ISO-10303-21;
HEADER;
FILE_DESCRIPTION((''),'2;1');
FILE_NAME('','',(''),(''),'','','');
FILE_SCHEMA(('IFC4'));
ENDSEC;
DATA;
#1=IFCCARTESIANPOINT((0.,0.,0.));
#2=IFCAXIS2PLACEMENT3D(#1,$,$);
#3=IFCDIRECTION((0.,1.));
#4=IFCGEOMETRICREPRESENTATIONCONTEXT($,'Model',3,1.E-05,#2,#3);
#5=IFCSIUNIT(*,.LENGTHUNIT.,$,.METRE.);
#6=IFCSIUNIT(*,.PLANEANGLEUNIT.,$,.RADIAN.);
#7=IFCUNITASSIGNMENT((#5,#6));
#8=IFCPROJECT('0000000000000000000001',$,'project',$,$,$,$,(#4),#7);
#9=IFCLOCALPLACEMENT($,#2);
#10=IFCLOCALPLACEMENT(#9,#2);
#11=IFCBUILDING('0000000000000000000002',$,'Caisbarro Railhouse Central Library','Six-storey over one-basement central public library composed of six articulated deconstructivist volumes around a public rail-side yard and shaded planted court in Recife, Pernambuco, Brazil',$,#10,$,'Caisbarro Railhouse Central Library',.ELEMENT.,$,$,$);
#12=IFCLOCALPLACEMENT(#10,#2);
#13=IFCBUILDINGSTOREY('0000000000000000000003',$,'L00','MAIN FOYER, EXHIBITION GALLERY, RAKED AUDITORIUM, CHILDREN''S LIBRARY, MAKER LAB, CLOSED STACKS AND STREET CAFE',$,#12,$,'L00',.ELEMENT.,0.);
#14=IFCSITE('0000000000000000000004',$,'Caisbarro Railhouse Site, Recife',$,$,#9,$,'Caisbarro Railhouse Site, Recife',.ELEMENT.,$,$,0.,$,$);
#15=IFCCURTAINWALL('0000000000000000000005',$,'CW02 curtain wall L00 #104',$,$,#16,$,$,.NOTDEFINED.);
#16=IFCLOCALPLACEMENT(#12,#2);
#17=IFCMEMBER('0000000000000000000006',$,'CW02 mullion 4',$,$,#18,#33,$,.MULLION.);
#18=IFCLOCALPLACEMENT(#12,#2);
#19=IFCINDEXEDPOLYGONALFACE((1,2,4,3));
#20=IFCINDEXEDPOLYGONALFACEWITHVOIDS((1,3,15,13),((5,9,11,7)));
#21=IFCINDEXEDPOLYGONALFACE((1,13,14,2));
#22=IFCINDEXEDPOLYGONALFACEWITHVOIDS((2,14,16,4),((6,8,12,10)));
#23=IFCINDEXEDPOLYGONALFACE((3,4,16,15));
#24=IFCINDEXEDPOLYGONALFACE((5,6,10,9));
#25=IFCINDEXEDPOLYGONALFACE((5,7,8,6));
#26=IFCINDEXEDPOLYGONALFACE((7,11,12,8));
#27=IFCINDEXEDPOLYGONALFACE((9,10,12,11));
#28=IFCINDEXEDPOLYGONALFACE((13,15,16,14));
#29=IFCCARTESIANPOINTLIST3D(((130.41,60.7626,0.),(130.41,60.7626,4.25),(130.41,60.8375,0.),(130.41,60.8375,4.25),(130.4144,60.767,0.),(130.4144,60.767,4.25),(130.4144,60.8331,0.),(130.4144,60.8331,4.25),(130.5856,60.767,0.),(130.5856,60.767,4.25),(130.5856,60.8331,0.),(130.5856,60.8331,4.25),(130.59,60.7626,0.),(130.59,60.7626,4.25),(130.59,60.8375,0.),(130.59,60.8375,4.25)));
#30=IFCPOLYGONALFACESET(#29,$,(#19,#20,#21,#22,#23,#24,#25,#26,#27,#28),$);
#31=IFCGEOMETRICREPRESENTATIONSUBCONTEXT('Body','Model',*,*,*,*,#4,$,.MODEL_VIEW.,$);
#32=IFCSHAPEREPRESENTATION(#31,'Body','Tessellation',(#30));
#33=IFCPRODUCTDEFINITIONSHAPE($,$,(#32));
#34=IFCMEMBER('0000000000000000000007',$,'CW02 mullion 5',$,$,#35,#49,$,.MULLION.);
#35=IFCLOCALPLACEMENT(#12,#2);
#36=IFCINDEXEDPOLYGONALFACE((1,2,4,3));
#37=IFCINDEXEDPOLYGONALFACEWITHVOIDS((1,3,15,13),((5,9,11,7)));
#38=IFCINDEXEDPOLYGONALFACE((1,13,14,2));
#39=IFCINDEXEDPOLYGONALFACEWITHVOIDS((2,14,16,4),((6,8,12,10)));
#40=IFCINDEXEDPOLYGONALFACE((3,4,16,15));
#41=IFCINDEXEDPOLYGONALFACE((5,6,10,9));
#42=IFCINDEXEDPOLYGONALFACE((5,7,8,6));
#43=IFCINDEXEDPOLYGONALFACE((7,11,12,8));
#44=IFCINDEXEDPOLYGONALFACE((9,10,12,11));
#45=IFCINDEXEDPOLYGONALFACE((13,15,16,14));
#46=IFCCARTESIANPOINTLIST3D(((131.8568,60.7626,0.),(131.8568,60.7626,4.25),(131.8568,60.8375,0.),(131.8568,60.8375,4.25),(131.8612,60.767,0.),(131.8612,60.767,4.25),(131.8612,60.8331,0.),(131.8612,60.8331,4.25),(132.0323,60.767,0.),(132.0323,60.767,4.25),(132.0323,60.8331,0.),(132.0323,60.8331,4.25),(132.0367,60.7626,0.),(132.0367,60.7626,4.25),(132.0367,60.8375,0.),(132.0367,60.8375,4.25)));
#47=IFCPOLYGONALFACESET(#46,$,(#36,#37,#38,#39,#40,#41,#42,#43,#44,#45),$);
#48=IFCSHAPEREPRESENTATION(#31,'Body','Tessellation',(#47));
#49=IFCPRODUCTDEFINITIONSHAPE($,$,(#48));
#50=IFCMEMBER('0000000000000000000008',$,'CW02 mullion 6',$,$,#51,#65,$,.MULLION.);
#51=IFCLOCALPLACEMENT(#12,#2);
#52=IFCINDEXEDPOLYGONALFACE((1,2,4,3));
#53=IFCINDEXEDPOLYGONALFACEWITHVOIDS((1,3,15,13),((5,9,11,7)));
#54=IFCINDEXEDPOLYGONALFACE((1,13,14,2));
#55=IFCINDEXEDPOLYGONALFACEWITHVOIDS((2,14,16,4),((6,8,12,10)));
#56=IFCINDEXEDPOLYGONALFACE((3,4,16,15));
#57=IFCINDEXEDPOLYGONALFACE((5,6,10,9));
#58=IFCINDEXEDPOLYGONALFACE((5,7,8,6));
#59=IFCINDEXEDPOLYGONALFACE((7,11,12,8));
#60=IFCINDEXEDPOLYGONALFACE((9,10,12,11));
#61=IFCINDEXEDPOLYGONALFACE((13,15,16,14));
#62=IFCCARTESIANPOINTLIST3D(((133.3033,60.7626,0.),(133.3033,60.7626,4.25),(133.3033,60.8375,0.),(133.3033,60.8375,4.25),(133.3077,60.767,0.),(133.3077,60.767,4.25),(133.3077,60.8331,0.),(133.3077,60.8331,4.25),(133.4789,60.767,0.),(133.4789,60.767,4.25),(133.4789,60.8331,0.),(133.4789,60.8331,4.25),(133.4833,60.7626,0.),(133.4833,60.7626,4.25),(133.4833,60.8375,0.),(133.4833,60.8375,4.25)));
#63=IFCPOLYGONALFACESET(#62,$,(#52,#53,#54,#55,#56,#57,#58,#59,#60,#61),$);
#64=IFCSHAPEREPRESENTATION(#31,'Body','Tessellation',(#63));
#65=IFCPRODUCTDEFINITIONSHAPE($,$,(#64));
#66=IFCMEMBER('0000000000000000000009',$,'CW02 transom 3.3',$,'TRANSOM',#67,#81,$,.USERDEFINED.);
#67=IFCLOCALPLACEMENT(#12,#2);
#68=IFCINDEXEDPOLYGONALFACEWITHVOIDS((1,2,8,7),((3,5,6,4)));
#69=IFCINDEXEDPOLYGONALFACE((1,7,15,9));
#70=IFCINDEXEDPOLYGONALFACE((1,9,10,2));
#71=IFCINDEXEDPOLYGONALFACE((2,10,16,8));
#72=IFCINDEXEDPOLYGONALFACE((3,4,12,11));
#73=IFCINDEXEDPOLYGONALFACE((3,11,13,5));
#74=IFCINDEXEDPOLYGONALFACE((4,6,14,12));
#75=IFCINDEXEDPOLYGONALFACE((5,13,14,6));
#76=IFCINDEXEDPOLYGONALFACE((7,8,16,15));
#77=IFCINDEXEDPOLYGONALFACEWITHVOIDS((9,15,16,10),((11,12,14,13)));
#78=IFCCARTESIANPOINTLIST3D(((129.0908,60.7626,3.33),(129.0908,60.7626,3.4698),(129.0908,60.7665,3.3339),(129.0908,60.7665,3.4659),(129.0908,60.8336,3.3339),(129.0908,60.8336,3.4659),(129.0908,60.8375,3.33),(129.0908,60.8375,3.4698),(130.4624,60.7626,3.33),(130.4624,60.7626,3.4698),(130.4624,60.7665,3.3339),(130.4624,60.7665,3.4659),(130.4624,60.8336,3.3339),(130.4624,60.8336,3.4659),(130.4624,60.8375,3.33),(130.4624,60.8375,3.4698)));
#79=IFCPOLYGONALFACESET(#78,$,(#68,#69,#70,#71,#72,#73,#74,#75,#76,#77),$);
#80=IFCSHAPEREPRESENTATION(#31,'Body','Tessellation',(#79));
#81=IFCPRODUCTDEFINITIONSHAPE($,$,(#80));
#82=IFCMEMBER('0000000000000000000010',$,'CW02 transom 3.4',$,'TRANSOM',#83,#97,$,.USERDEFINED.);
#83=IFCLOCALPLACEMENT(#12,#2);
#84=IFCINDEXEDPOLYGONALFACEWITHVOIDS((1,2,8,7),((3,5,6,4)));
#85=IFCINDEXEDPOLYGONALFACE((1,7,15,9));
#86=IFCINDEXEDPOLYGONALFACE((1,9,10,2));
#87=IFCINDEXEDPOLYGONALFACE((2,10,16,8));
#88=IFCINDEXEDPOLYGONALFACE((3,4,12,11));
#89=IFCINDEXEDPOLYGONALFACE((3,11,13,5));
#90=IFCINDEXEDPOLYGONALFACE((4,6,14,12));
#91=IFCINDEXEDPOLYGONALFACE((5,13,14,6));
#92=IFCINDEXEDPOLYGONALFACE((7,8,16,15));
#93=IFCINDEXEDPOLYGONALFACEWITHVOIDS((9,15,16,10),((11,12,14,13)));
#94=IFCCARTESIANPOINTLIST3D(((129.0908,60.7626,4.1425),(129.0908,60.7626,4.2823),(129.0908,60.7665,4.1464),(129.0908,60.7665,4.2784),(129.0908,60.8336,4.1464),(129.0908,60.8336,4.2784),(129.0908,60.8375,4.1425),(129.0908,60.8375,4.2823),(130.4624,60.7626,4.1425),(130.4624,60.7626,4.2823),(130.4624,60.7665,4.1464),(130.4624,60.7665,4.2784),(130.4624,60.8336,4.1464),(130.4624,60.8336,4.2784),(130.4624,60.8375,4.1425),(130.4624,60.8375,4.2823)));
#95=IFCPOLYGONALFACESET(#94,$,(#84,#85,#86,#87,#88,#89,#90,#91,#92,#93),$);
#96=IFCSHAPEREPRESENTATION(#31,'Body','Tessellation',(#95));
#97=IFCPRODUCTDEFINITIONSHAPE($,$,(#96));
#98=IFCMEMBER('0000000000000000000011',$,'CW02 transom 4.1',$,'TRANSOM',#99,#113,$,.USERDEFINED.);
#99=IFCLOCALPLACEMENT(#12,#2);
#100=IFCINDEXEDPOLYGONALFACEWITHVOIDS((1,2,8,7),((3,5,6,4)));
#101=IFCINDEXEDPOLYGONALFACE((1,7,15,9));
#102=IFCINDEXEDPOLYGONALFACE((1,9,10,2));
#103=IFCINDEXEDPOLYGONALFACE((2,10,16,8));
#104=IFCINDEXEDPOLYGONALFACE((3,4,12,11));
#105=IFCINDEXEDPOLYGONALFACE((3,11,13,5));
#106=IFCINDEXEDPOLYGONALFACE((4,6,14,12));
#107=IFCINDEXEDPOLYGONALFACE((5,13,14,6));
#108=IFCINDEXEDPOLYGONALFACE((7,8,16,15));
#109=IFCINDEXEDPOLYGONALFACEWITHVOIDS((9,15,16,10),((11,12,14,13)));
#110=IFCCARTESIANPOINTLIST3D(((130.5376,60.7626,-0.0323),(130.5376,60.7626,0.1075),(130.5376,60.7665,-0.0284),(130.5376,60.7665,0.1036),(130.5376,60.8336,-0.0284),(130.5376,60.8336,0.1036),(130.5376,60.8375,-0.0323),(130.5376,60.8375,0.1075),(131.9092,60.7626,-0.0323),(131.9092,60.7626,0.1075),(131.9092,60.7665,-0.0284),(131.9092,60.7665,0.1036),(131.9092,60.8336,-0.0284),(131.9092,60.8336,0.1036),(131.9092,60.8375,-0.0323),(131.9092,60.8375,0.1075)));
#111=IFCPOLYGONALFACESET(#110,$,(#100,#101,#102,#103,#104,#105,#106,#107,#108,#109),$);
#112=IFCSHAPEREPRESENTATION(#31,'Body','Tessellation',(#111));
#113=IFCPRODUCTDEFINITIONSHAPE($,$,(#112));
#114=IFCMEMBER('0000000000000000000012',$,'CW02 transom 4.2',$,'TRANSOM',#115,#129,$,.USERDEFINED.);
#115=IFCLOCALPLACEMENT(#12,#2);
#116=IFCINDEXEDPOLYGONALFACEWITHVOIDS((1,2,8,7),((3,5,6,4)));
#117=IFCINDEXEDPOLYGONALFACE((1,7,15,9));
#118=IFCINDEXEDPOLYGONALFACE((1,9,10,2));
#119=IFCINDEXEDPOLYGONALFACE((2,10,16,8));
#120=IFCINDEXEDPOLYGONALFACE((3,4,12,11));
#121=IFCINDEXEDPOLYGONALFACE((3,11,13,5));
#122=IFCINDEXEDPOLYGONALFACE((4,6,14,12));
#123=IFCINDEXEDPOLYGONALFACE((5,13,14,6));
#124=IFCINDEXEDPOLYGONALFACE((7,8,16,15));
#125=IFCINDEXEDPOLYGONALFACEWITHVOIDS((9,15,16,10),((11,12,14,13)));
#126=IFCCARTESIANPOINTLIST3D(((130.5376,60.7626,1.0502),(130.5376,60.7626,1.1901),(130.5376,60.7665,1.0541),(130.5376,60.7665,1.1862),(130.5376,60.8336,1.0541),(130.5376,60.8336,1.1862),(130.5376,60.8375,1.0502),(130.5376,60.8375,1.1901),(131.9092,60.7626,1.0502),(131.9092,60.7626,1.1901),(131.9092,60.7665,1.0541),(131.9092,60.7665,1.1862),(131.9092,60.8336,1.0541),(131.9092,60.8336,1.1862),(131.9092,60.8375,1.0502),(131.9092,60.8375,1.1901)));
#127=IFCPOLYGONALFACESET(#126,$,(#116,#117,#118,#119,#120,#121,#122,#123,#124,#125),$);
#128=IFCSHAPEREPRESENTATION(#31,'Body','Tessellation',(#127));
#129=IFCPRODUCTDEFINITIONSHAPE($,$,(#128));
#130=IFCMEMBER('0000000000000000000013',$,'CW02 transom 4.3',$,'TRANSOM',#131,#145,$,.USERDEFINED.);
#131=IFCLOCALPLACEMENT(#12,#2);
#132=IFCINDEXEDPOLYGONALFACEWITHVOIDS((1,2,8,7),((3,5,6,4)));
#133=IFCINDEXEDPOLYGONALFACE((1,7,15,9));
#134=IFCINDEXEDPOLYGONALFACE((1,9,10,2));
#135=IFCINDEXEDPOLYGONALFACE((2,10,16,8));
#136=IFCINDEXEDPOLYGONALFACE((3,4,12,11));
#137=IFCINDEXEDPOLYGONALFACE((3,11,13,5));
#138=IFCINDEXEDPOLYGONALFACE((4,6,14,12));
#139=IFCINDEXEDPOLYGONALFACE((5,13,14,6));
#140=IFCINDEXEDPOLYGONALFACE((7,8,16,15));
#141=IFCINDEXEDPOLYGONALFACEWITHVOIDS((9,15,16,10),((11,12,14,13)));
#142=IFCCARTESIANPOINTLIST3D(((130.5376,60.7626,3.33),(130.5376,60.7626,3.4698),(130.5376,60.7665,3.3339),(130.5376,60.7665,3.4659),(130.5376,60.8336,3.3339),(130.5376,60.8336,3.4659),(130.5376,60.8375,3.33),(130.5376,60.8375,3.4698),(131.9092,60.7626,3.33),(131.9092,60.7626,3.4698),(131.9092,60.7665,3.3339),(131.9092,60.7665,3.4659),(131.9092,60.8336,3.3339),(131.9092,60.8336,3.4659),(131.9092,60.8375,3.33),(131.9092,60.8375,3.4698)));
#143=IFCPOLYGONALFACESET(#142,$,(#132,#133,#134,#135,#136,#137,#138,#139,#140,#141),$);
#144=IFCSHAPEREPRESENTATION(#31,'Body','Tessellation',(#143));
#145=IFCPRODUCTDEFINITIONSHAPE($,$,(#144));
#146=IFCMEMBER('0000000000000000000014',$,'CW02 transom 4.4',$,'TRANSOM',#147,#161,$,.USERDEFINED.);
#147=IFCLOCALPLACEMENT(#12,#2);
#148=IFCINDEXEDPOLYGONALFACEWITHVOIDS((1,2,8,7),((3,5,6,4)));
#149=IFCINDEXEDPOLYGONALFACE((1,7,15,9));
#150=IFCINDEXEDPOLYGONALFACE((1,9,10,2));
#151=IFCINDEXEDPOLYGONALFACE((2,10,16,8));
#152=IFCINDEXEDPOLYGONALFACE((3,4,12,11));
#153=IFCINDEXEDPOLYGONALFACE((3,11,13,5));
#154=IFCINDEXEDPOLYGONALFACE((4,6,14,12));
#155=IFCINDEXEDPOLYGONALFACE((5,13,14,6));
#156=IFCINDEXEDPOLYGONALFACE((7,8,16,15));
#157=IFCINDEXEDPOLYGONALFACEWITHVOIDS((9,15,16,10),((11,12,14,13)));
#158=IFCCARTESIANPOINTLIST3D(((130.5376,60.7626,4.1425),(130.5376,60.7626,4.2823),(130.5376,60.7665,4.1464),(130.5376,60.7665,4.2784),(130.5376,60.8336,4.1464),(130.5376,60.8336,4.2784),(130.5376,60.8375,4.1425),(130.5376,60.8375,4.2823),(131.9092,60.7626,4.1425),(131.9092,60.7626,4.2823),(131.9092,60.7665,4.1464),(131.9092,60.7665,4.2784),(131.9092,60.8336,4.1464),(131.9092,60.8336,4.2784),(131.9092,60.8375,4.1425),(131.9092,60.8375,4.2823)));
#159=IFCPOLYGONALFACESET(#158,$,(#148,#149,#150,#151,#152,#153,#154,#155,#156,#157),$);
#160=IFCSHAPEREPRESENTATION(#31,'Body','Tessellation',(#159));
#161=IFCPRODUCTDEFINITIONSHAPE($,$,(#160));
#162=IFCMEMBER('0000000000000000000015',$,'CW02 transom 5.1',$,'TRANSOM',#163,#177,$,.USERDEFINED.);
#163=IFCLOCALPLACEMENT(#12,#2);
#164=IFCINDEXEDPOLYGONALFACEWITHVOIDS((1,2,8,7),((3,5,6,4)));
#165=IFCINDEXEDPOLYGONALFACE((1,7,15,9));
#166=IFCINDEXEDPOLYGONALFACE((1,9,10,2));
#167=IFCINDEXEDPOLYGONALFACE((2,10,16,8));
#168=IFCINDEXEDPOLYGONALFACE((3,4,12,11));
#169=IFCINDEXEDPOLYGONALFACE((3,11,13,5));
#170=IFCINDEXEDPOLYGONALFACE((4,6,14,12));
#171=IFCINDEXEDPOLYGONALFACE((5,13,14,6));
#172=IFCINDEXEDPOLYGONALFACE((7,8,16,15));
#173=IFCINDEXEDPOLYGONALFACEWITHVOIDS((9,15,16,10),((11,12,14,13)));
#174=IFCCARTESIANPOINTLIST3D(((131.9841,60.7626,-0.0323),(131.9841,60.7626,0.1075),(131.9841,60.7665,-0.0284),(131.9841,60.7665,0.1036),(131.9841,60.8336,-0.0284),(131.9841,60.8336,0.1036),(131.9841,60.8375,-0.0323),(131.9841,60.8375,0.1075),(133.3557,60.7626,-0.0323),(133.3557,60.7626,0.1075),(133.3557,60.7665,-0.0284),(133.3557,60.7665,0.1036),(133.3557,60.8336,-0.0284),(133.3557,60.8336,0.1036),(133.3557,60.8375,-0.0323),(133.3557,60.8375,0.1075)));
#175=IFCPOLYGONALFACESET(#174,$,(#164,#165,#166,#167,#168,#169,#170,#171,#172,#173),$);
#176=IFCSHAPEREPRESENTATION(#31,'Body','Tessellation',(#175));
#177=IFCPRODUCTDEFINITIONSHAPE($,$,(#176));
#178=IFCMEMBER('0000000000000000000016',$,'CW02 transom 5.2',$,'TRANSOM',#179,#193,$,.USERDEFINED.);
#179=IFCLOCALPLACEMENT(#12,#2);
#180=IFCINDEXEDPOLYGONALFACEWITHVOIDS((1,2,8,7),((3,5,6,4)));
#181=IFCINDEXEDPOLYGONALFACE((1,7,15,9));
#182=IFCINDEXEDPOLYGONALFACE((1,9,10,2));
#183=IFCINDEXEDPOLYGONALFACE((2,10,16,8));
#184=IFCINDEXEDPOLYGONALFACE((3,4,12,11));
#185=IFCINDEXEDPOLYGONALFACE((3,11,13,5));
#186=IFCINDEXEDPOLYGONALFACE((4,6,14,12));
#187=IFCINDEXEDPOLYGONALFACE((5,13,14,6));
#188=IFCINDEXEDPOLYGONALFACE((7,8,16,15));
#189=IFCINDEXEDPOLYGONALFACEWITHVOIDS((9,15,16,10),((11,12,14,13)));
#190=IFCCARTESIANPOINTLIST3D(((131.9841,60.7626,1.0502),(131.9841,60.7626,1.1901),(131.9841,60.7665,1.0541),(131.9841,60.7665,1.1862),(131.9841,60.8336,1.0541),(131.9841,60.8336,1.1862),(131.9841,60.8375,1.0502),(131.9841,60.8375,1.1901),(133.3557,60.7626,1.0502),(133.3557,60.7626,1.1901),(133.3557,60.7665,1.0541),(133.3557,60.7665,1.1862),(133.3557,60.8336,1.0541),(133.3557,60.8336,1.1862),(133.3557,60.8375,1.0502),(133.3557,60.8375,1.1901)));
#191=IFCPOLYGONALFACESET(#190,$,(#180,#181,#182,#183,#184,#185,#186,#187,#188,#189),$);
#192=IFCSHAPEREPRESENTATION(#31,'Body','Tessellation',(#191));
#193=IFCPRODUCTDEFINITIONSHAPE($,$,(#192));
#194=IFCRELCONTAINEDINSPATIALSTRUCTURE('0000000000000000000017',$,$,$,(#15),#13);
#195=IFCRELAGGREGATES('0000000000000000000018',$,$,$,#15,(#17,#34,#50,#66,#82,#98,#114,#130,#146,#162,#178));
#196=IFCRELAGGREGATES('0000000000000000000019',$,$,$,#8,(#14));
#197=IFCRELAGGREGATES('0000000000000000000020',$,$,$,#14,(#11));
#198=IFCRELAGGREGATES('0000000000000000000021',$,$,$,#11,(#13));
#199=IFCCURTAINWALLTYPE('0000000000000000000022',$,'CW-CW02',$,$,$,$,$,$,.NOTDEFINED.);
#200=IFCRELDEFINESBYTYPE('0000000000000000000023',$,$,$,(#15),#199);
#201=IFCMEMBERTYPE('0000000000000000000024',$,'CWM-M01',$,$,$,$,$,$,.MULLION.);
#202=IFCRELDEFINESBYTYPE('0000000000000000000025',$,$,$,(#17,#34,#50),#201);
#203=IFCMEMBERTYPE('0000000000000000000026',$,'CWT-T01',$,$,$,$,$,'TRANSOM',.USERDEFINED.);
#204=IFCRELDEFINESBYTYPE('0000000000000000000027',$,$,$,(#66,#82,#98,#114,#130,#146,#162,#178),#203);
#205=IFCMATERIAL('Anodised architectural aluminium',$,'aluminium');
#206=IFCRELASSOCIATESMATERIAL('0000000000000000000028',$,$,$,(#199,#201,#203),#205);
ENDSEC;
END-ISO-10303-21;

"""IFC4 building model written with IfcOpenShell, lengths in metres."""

from ifc_helpers import new_model, si_unit, direction, frame, origin, origin_2d, place, context, subcontext, project, spatial, hollow_rectangle, extrude, material, material_profile, profile_set, type_object, element, aggregate, save


model = new_model("IFC4")

# Units and contexts
model_context = context("Model", 3, precision=1e-05, world=origin(), true_north=direction((0.0, 1.0)))
body_context = subcontext(model_context, "Body", "Model", "MODEL_VIEW")
ifc_project = project(units=[si_unit("LENGTHUNIT", "METRE"), si_unit("PLANEANGLEUNIT", "RADIAN")], contexts=[model_context])

# Site, building, storey
site_placement = place(None, origin())
site = spatial("IfcSite", under=ifc_project, at=site_placement, Name="Caisbarro Railhouse Site, Recife", LongName="Caisbarro Railhouse Site, Recife", CompositionType="ELEMENT", RefElevation=0.0)
building_placement = place(site_placement, origin())
building = spatial("IfcBuilding", under=site, at=building_placement, Name="Caisbarro Railhouse Central Library", Description="Six-storey over one-basement central public library composed of six articulated deconstructivist volumes around a public rail-side yard and shaded planted court in Recife, Pernambuco, Brazil", LongName="Caisbarro Railhouse Central Library", CompositionType="ELEMENT")
storey_placement = place(building_placement, origin())
storey = spatial("IfcBuildingStorey", under=building, at=storey_placement, Name="L00", Description="MAIN FOYER, EXHIBITION GALLERY, RAKED AUDITORIUM, CHILDREN'S LIBRARY, MAKER LAB, CLOSED STACKS AND STREET CAFE", LongName="L00", CompositionType="ELEMENT", Elevation=0.0)

# Curtain wall, members
ifc_material_1 = material(Name="Anodised architectural aluminium", Category="aluminium")
curtain_wall_type = type_object("IfcCurtainWallType", Name="CW-CW02", PredefinedType="NOTDEFINED", material=ifc_material_1)
curtain_wall_placement = place(storey_placement, origin())
curtain_wall = element("IfcCurtainWall", 1, at=curtain_wall_placement, inside=storey, type_object=curtain_wall_type, Name="CW02 curtain wall L00 #104", PredefinedType="NOTDEFINED")
ifc_material_profile_1 = material_profile(ifc_material_1, hollow_rectangle(XDim=0.075, YDim=0.1799, WallThickness=0.0044, at=origin_2d()), Name="ALU-MUL-75X180")
ifc_profile_set_1 = profile_set([ifc_material_profile_1], Name="Anodised architectural aluminium")
member_type_1 = type_object("IfcMemberType", Name="CWM-M01", PredefinedType="MULLION", material=ifc_profile_set_1)
member_1_placement = place(storey_placement, frame((130.5, 60.8, 0.0), z_axis=(0.0, 0.0, 1.0), x_axis=(0.0, 1.0, 0.0)))
member_1 = element("IfcMember", 2, at=member_1_placement, type_object=member_type_1, Name="CW02 mullion 4", PredefinedType="MULLION", context=body_context, shape_type="SweptSolid", body=[
    extrude(hollow_rectangle(XDim=0.075, YDim=0.1799, WallThickness=0.0044, at=origin_2d()), origin(), (0.0, 0.0, 1.0), 4.25),
])
member_2_placement = place(storey_placement, frame((131.9468, 60.8, 0.0), z_axis=(0.0, 0.0, 1.0), x_axis=(0.0, 1.0, 0.0)))
member_2 = element("IfcMember", 3, at=member_2_placement, type_object=member_type_1, Name="CW02 mullion 5", PredefinedType="MULLION", context=body_context, shape_type="SweptSolid", body=[
    extrude(hollow_rectangle(XDim=0.075, YDim=0.1799, WallThickness=0.0044, at=origin_2d()), origin(), (0.0, 0.0, 1.0), 4.25),
])
member_3_placement = place(storey_placement, frame((133.3933, 60.8, 0.0), z_axis=(0.0, 0.0, 1.0), x_axis=(0.0, 1.0, 0.0)))
member_3 = element("IfcMember", 4, at=member_3_placement, type_object=member_type_1, Name="CW02 mullion 6", PredefinedType="MULLION", context=body_context, shape_type="SweptSolid", body=[
    extrude(hollow_rectangle(XDim=0.075, YDim=0.1799, WallThickness=0.0044, at=origin_2d()), origin(), (0.0, 0.0, 1.0), 4.25),
])
ifc_material_profile_2 = material_profile(ifc_material_1, hollow_rectangle(XDim=0.075, YDim=0.1399, WallThickness=0.0039, at=origin_2d()), Name="ALU-TRN-75X140")
ifc_profile_set_2 = profile_set([ifc_material_profile_2], Name="Anodised architectural aluminium")
member_type_2 = type_object("IfcMemberType", Name="CWT-T01", ElementType="TRANSOM", PredefinedType="USERDEFINED", material=ifc_profile_set_2)
member_4_placement = place(storey_placement, frame((129.0908, 60.8, 3.3999), z_axis=(1.0, 0.0, 0.0), x_axis=(0.0, 1.0, 0.0)))
member_4 = element("IfcMember", 5, at=member_4_placement, type_object=member_type_2, Name="CW02 transom 3.3", ObjectType="TRANSOM", PredefinedType="USERDEFINED", context=body_context, shape_type="SweptSolid", body=[
    extrude(hollow_rectangle(XDim=0.075, YDim=0.1399, WallThickness=0.0039, at=origin_2d()), origin(), (0.0, 0.0, 1.0), 1.3716),
])
member_5_placement = place(storey_placement, frame((129.0908, 60.8, 4.2124), z_axis=(1.0, 0.0, 0.0), x_axis=(0.0, 1.0, 0.0)))
member_5 = element("IfcMember", 6, at=member_5_placement, type_object=member_type_2, Name="CW02 transom 3.4", ObjectType="TRANSOM", PredefinedType="USERDEFINED", context=body_context, shape_type="SweptSolid", body=[
    extrude(hollow_rectangle(XDim=0.075, YDim=0.1399, WallThickness=0.0039, at=origin_2d()), origin(), (0.0, 0.0, 1.0), 1.3716),
])
member_6_placement = place(storey_placement, frame((130.5376, 60.8, 0.0376), z_axis=(1.0, 0.0, 0.0), x_axis=(0.0, 1.0, 0.0)))
member_6 = element("IfcMember", 7, at=member_6_placement, type_object=member_type_2, Name="CW02 transom 4.1", ObjectType="TRANSOM", PredefinedType="USERDEFINED", context=body_context, shape_type="SweptSolid", body=[
    extrude(hollow_rectangle(XDim=0.075, YDim=0.1399, WallThickness=0.0039, at=origin_2d()), origin(), (0.0, 0.0, 1.0), 1.3716),
])
member_7_placement = place(storey_placement, frame((130.5376, 60.8, 1.1201), z_axis=(1.0, 0.0, 0.0), x_axis=(0.0, 1.0, 0.0)))
member_7 = element("IfcMember", 8, at=member_7_placement, type_object=member_type_2, Name="CW02 transom 4.2", ObjectType="TRANSOM", PredefinedType="USERDEFINED", context=body_context, shape_type="SweptSolid", body=[
    extrude(hollow_rectangle(XDim=0.075, YDim=0.1399, WallThickness=0.0039, at=origin_2d()), origin(), (0.0, 0.0, 1.0), 1.3716),
])
member_8_placement = place(storey_placement, frame((130.5376, 60.8, 3.3999), z_axis=(1.0, 0.0, 0.0), x_axis=(0.0, 1.0, 0.0)))
member_8 = element("IfcMember", 9, at=member_8_placement, type_object=member_type_2, Name="CW02 transom 4.3", ObjectType="TRANSOM", PredefinedType="USERDEFINED", context=body_context, shape_type="SweptSolid", body=[
    extrude(hollow_rectangle(XDim=0.075, YDim=0.1399, WallThickness=0.0039, at=origin_2d()), origin(), (0.0, 0.0, 1.0), 1.3716),
])
member_9_placement = place(storey_placement, frame((130.5376, 60.8, 4.2124), z_axis=(1.0, 0.0, 0.0), x_axis=(0.0, 1.0, 0.0)))
member_9 = element("IfcMember", 10, at=member_9_placement, type_object=member_type_2, Name="CW02 transom 4.4", ObjectType="TRANSOM", PredefinedType="USERDEFINED", context=body_context, shape_type="SweptSolid", body=[
    extrude(hollow_rectangle(XDim=0.075, YDim=0.1399, WallThickness=0.0039, at=origin_2d()), origin(), (0.0, 0.0, 1.0), 1.3716),
])
member_10_placement = place(storey_placement, frame((131.9841, 60.8, 0.0376), z_axis=(1.0, 0.0, 0.0), x_axis=(0.0, 1.0, 0.0)))
member_10 = element("IfcMember", 11, at=member_10_placement, type_object=member_type_2, Name="CW02 transom 5.1", ObjectType="TRANSOM", PredefinedType="USERDEFINED", context=body_context, shape_type="SweptSolid", body=[
    extrude(hollow_rectangle(XDim=0.075, YDim=0.1399, WallThickness=0.0039, at=origin_2d()), origin(), (0.0, 0.0, 1.0), 1.3716),
])
member_11_placement = place(storey_placement, frame((131.9841, 60.8, 1.1201), z_axis=(1.0, 0.0, 0.0), x_axis=(0.0, 1.0, 0.0)))
member_11 = element("IfcMember", 12, at=member_11_placement, type_object=member_type_2, Name="CW02 transom 5.2", ObjectType="TRANSOM", PredefinedType="USERDEFINED", context=body_context, shape_type="SweptSolid", body=[
    extrude(hollow_rectangle(XDim=0.075, YDim=0.1399, WallThickness=0.0039, at=origin_2d()), origin(), (0.0, 0.0, 1.0), 1.3716),
])
aggregate(curtain_wall, [member_1, member_2, member_3, member_4, member_5, member_6, member_7, member_8, member_9, member_10, member_11])

save(model, "model.ifc")
